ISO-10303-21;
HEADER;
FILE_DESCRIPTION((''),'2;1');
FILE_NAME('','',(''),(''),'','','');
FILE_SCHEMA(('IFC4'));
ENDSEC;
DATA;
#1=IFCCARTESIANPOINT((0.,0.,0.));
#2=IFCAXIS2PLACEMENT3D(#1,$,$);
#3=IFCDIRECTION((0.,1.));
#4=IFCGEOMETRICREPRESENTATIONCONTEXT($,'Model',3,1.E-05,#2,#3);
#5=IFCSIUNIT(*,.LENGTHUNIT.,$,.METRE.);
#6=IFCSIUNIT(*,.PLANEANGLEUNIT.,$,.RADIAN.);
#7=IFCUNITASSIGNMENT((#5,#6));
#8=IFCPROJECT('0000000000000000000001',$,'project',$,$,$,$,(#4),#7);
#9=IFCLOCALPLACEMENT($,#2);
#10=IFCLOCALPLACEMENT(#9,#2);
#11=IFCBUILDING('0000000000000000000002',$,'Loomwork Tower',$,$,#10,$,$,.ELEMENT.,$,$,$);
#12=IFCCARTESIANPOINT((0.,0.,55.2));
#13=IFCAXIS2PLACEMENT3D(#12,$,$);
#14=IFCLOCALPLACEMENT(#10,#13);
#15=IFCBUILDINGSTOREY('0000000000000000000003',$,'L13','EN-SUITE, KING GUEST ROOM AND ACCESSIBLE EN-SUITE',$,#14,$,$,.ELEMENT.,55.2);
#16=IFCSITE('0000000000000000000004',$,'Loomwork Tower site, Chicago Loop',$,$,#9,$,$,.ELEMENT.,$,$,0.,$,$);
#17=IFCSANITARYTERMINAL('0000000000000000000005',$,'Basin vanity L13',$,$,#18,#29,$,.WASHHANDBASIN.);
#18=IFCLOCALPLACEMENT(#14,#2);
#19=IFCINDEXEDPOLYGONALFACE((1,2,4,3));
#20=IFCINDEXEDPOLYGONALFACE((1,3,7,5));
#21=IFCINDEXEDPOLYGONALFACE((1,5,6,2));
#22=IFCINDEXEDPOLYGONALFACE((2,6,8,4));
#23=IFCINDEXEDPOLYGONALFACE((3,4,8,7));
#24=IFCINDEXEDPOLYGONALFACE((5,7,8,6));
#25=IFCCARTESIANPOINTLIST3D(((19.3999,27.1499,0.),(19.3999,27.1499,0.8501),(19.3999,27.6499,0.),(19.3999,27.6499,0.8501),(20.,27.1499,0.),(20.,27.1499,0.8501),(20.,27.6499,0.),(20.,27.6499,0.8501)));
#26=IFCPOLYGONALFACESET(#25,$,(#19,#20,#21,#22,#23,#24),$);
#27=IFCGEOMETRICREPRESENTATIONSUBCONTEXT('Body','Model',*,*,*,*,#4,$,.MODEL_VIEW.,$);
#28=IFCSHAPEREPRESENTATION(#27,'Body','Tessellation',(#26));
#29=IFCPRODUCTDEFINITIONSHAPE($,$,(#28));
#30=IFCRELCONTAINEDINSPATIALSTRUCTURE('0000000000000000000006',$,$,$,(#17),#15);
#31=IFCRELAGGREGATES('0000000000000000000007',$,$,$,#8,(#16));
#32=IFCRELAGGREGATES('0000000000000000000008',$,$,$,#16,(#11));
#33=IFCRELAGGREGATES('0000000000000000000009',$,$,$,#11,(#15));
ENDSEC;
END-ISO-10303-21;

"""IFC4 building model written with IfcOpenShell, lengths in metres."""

from ifc_helpers import new_model, si_unit, direction, frame, origin, origin_2d, place, context, subcontext, project, spatial, rectangle, extrude, element, save


model = new_model("IFC4")

# Units and contexts
model_context = context("Model", 3, precision=1e-05, world=origin(), true_north=direction((0.0, 1.0)))
body_context = subcontext(model_context, "Body", "Model", "MODEL_VIEW")
ifc_project = project(units=[si_unit("LENGTHUNIT", "METRE"), si_unit("PLANEANGLEUNIT", "RADIAN")], contexts=[model_context])

# Site, building, storey
site_placement = place(None, origin())
site = spatial("IfcSite", under=ifc_project, at=site_placement, Name="Loomwork Tower site, Chicago Loop", CompositionType="ELEMENT", RefElevation=0.0)
building_placement = place(site_placement, origin())
building = spatial("IfcBuilding", under=site, at=building_placement, Name="Loomwork Tower", CompositionType="ELEMENT")
storey_placement = place(building_placement, frame((0.0, 0.0, 55.2)))
storey = spatial("IfcBuildingStorey", under=building, at=storey_placement, Name="L13", Description="EN-SUITE, KING GUEST ROOM AND ACCESSIBLE EN-SUITE", CompositionType="ELEMENT", Elevation=55.2)

# Sanitary terminal
sanitary_terminal_placement = place(storey_placement, frame((19.7, 27.3999, 0.0), z_axis=(0.0, 0.0, 1.0), x_axis=(1.0, 0.0, 0.0)))
element("IfcSanitaryTerminal", 1, at=sanitary_terminal_placement, inside=storey, Name="Basin vanity L13", PredefinedType="WASHHANDBASIN", context=body_context, shape_type="SweptSolid", body=[
    extrude(rectangle(XDim=0.6001, YDim=0.5, at=origin_2d()), origin(), (0.0, 0.0, 1.0), 0.8501),
])

save(model, "model.ifc")
